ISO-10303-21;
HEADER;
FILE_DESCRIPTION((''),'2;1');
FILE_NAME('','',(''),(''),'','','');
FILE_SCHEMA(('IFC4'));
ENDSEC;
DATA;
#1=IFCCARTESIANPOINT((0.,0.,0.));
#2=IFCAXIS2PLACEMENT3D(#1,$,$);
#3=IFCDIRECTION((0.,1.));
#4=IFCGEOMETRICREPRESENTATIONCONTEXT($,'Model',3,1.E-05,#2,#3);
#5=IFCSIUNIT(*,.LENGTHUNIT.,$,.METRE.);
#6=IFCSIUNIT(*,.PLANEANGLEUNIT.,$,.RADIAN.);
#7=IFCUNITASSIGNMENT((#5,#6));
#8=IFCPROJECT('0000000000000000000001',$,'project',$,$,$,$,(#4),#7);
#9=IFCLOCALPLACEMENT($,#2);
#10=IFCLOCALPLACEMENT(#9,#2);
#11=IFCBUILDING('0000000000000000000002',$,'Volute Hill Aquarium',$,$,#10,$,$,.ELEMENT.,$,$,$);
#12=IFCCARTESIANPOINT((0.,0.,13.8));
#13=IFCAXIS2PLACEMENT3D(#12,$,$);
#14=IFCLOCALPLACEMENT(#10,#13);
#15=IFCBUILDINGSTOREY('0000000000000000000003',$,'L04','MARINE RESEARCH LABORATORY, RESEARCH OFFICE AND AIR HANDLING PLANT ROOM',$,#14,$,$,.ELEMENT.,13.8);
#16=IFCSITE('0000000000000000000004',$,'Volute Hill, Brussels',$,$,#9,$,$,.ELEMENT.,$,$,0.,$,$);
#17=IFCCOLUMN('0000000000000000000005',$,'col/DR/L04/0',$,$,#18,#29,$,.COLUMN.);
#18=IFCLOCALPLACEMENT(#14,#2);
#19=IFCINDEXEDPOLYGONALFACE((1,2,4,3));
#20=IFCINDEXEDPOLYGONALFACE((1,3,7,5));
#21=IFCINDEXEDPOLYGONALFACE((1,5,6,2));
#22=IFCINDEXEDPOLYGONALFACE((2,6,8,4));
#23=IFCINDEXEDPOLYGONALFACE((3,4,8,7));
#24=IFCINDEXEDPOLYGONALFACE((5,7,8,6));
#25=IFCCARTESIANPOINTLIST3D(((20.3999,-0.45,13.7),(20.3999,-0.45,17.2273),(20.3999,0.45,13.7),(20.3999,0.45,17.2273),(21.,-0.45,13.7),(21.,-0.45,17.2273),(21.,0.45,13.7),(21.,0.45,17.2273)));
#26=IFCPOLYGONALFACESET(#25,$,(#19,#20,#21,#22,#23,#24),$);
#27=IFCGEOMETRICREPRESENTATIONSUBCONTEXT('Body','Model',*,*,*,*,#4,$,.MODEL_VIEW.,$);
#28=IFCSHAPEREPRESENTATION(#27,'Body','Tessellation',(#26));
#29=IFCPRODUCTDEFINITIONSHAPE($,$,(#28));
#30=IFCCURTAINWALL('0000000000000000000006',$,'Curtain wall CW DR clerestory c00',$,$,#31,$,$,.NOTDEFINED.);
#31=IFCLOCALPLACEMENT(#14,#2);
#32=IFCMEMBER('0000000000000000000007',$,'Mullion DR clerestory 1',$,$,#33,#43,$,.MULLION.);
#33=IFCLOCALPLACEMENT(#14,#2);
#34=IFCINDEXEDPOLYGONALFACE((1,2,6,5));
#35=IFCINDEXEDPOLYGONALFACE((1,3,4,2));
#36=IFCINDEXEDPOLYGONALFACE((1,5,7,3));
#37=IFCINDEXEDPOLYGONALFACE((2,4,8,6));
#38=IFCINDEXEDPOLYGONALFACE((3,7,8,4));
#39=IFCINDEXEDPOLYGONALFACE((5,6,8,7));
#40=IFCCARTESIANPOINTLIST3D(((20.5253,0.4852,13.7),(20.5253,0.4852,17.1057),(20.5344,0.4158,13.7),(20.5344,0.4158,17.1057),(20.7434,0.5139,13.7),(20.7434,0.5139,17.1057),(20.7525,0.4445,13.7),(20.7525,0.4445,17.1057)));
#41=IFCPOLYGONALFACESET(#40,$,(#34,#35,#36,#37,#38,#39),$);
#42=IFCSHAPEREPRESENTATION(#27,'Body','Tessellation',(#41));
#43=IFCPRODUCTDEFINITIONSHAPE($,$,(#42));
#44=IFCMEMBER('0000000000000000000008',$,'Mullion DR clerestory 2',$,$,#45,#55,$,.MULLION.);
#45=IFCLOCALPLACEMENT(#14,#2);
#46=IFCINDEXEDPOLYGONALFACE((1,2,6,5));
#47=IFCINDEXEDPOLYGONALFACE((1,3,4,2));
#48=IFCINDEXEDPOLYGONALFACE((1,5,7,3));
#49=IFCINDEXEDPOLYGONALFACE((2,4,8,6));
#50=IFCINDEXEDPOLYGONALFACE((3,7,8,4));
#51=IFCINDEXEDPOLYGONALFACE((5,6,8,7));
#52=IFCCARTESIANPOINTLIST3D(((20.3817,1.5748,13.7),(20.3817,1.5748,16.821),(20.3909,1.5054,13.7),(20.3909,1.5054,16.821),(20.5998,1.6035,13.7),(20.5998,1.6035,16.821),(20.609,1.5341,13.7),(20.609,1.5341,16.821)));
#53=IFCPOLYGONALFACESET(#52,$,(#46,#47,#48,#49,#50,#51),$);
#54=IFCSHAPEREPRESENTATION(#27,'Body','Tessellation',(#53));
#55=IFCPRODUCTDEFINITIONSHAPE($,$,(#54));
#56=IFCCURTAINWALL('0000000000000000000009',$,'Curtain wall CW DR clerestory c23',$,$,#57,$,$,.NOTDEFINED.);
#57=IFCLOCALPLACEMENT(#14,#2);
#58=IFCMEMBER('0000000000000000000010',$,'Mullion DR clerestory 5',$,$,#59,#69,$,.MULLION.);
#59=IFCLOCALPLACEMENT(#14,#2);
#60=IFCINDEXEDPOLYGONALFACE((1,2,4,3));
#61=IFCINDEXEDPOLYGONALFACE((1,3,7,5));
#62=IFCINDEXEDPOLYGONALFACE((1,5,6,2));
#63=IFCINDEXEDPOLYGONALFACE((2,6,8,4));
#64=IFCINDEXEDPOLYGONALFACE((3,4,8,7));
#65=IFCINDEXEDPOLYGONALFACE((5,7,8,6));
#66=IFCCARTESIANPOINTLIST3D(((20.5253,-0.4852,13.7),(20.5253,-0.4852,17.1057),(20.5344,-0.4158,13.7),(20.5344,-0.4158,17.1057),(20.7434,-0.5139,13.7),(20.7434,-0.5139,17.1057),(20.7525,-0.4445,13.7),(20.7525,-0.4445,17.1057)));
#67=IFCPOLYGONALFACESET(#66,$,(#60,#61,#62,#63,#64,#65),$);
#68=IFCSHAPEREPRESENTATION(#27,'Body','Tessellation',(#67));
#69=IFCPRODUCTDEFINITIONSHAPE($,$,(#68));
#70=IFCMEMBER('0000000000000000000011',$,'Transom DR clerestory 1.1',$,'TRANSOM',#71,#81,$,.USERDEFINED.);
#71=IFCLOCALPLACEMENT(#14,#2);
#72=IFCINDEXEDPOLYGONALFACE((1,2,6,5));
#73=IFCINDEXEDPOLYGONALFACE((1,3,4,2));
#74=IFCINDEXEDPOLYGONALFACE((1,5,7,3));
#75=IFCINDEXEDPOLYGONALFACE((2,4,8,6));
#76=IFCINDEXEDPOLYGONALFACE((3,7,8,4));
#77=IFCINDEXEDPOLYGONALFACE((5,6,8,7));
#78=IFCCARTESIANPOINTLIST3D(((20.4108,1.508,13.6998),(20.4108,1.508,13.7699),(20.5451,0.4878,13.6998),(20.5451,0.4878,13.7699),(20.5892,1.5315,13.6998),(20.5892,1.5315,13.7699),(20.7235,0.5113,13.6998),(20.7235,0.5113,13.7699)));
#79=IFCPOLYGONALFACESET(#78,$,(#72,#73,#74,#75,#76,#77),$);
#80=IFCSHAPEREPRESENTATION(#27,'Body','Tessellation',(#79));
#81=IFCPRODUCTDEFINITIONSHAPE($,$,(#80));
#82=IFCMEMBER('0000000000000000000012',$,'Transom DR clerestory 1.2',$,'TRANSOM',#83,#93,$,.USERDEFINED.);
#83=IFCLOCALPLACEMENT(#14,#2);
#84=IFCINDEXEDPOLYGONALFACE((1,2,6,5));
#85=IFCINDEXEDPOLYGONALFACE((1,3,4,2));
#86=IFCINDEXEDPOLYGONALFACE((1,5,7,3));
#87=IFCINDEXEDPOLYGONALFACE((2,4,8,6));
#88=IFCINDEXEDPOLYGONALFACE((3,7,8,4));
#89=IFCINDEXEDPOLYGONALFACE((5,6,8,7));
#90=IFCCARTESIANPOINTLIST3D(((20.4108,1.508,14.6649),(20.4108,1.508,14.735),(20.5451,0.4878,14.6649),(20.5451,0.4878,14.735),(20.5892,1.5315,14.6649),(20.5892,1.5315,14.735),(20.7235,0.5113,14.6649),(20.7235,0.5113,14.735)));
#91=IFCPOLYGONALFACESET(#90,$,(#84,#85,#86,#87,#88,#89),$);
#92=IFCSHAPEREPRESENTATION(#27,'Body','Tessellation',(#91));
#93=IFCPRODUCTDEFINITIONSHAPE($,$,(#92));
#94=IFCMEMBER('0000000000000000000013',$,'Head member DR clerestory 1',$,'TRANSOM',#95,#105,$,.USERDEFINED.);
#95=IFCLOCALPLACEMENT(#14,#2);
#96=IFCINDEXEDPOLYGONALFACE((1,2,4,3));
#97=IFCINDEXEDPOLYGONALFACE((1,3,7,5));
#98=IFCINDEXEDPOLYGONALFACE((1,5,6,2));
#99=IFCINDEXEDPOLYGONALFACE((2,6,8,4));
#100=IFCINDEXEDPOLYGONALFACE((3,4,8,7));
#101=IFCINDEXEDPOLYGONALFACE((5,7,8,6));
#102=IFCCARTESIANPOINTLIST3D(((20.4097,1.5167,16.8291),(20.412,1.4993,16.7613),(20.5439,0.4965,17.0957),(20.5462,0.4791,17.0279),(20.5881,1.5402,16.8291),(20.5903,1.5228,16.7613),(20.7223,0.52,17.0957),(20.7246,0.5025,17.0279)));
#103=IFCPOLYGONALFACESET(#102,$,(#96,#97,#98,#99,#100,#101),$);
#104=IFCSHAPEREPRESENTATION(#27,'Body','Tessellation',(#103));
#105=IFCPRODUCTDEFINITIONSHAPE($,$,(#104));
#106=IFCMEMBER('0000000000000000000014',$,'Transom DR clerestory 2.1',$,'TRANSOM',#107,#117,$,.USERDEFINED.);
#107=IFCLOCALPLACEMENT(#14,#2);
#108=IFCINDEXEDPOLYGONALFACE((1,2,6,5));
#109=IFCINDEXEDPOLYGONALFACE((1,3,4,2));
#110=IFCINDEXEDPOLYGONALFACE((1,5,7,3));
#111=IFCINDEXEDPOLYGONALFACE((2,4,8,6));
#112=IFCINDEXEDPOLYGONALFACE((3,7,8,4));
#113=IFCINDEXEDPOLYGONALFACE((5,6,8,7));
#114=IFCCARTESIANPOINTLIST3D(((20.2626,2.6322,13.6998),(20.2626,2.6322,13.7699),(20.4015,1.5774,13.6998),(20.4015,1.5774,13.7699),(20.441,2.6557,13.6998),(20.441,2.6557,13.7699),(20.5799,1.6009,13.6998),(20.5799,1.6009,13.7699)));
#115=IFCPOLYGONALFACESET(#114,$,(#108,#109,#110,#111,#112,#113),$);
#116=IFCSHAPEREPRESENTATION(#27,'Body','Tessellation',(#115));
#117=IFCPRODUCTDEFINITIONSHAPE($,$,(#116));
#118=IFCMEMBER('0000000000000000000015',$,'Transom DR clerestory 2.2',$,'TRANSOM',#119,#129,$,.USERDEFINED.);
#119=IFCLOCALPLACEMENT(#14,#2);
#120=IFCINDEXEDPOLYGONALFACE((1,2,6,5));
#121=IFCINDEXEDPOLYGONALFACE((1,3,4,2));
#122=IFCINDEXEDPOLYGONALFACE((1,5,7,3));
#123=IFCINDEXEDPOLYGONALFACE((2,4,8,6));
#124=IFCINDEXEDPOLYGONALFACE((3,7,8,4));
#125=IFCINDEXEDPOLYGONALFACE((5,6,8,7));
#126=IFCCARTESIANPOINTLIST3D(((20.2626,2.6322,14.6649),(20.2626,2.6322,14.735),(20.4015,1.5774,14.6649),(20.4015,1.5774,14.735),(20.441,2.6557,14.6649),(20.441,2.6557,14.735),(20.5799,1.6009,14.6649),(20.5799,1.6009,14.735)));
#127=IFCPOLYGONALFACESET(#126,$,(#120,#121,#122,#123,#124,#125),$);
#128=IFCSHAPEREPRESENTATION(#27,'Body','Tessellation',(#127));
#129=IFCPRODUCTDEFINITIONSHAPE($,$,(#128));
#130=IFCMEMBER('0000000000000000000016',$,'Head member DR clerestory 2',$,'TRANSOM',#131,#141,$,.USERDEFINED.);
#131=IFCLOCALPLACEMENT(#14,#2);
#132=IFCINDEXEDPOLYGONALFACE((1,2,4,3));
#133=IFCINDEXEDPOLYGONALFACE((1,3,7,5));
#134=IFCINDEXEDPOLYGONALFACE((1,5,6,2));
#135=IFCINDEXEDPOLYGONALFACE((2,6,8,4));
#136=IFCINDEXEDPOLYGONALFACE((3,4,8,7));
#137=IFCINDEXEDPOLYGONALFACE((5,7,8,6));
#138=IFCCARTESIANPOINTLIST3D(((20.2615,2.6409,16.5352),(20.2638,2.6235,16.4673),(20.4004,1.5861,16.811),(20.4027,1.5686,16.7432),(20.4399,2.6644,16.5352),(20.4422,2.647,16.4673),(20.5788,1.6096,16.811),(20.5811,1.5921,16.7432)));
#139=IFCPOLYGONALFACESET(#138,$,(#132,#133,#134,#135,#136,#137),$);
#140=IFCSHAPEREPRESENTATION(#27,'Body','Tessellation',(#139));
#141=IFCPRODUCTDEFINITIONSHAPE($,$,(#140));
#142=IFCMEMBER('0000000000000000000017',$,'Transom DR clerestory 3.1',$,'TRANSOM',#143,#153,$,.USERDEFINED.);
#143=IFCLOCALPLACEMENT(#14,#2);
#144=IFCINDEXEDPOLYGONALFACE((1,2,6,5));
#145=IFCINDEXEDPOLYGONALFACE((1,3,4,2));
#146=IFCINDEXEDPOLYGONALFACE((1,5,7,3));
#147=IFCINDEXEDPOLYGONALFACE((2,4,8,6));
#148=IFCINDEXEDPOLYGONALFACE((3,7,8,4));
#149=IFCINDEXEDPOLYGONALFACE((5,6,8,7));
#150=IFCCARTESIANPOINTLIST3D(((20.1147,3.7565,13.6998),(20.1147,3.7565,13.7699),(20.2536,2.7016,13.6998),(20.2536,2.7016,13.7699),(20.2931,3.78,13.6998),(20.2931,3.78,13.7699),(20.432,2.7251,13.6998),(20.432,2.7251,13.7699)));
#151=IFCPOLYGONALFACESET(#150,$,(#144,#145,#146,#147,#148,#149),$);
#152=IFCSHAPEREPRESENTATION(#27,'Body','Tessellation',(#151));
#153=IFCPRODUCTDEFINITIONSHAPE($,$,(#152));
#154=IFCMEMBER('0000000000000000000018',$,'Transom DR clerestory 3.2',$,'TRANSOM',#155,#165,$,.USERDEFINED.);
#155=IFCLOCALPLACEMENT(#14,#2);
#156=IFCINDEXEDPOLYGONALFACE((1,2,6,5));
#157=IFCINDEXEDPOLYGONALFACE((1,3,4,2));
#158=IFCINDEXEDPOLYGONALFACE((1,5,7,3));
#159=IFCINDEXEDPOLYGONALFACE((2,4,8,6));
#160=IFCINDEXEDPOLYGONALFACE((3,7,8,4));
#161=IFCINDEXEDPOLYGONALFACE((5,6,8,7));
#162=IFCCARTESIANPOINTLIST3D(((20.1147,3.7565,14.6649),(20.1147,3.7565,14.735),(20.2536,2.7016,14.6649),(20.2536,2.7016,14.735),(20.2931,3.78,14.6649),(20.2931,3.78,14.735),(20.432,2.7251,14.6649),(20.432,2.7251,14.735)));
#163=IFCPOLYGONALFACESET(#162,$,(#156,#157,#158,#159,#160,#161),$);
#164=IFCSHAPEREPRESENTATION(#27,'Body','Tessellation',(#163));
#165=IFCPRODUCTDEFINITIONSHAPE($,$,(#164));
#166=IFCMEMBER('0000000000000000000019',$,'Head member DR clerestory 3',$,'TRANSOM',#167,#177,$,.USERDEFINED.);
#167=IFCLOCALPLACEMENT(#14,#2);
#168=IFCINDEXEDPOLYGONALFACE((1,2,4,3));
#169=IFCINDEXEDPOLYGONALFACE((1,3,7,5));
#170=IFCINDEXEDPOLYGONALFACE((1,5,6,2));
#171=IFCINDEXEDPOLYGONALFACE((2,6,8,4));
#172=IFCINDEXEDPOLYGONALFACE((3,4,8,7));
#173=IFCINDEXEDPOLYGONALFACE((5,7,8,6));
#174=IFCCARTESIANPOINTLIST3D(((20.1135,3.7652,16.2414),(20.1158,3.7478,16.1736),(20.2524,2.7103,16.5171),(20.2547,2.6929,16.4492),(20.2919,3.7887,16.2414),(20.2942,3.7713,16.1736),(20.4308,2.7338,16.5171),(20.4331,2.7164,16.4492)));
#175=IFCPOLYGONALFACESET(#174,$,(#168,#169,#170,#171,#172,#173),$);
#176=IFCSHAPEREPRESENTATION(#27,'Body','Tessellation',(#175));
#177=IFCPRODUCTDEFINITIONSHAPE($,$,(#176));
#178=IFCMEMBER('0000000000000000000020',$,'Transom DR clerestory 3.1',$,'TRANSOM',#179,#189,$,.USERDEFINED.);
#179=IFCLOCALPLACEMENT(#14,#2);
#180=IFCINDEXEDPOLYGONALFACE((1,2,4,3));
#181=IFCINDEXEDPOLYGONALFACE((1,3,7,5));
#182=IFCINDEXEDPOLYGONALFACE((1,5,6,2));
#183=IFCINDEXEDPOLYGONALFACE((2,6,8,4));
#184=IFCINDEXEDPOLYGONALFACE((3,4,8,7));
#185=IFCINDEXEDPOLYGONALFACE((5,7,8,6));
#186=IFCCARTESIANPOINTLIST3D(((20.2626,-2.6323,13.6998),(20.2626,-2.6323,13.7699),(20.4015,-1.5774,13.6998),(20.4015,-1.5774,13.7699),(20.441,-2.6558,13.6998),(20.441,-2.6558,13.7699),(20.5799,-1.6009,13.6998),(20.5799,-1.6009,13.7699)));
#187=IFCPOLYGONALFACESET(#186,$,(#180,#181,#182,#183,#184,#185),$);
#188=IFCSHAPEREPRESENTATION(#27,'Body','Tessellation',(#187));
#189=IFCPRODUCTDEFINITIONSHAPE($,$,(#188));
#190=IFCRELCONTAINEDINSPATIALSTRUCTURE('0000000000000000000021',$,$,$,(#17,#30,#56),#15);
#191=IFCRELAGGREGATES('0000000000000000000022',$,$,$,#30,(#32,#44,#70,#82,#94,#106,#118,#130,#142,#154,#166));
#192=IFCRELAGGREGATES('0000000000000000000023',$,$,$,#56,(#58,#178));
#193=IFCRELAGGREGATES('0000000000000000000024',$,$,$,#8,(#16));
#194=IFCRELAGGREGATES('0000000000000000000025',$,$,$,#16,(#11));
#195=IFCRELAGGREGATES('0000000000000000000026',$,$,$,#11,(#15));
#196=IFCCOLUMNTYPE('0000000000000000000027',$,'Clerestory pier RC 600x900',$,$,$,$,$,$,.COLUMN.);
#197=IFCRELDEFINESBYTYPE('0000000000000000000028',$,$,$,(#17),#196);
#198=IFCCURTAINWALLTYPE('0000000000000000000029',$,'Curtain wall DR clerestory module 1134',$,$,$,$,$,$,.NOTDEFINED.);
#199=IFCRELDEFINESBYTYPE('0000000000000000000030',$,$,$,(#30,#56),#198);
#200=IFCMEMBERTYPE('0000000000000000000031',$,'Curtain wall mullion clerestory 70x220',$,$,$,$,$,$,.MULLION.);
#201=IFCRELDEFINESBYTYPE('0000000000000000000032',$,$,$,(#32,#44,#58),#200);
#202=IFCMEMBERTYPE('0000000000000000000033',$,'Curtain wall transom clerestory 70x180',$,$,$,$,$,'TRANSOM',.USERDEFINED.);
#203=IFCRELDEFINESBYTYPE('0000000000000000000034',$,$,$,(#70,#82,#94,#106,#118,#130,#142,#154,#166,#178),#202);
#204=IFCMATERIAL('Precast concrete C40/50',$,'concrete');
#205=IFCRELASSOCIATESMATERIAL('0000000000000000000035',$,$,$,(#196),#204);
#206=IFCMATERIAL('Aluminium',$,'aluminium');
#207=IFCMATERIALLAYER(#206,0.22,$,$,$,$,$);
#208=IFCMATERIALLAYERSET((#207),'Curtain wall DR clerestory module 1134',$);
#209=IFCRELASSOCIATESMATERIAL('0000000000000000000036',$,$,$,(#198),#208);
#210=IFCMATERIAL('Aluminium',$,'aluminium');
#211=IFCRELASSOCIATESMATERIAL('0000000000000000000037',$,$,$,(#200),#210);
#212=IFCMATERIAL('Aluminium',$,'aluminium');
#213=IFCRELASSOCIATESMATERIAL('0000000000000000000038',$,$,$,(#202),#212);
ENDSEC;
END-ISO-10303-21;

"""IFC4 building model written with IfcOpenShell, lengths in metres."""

from ifc_helpers import new_model, si_unit, direction, frame, origin, origin_2d, place, context, subcontext, project, spatial, rectangle, extrude, material, layer, layer_set, material_profile, profile_set, type_object, element, aggregate, save


model = new_model("IFC4")

# Units and contexts
model_context = context("Model", 3, precision=1e-05, world=origin(), true_north=direction((0.0, 1.0)))
body_context = subcontext(model_context, "Body", "Model", "MODEL_VIEW")
ifc_project = project(units=[si_unit("LENGTHUNIT", "METRE"), si_unit("PLANEANGLEUNIT", "RADIAN")], contexts=[model_context])

# Site, building, storey
site_placement = place(None, origin())
site = spatial("IfcSite", under=ifc_project, at=site_placement, Name="Volute Hill, Brussels", CompositionType="ELEMENT", RefElevation=0.0)
building_placement = place(site_placement, origin())
building = spatial("IfcBuilding", under=site, at=building_placement, Name="Volute Hill Aquarium", CompositionType="ELEMENT")
storey_placement = place(building_placement, frame((0.0, 0.0, 13.8)))
storey = spatial("IfcBuildingStorey", under=building, at=storey_placement, Name="L04", Description="MARINE RESEARCH LABORATORY, RESEARCH OFFICE AND AIR HANDLING PLANT ROOM", CompositionType="ELEMENT", Elevation=13.8)

# Column
ifc_material_1 = material(Name="Precast concrete C40/50", Category="concrete")
ifc_material_profile_1 = material_profile(ifc_material_1, rectangle(XDim=0.6001, YDim=0.8999, at=origin_2d()), Name="RC pier 600x900")
ifc_profile_set_1 = profile_set([ifc_material_profile_1], Name="Precast concrete C40/50")
column_type = type_object("IfcColumnType", Name="Clerestory pier RC 600x900", PredefinedType="COLUMN", material=ifc_profile_set_1)
column_placement = place(storey_placement, frame((20.7, 0.0, 13.7), z_axis=(0.0, 0.0, 1.0), x_axis=(1.0, 0.0, 0.0)))
element("IfcColumn", 1, at=column_placement, inside=storey, type_object=column_type, Name="col/DR/L04/0", PredefinedType="COLUMN", context=body_context, shape_type="SweptSolid", body=[
    extrude(rectangle(XDim=0.6001, YDim=0.8999, at=origin_2d()), origin(), (0.0, 0.0, 1.0), 3.5273),
])

# Curtain wall, members
ifc_material_2 = material(Name="Aluminium", Category="aluminium")
ifc_layer_1 = layer(ifc_material_2, 0.22)
ifc_layer_set_1 = layer_set([ifc_layer_1], Name="Curtain wall DR clerestory module 1134")
curtain_wall_type = type_object("IfcCurtainWallType", Name="Curtain wall DR clerestory module 1134", PredefinedType="NOTDEFINED", material=ifc_layer_set_1)
curtain_wall_1_placement = place(storey_placement, origin())
curtain_wall_1 = element("IfcCurtainWall", 2, at=curtain_wall_1_placement, inside=storey, type_object=curtain_wall_type, Name="Curtain wall CW DR clerestory c00", PredefinedType="NOTDEFINED")
ifc_material_3 = material(Name="Aluminium", Category="aluminium")
ifc_material_profile_2 = material_profile(ifc_material_3, rectangle(XDim=0.22, YDim=0.0701, at=origin_2d()), Name="Curtain wall mullion clerestory 70x220")
ifc_profile_set_2 = profile_set([ifc_material_profile_2], Name="Aluminium")
member_type_1 = type_object("IfcMemberType", Name="Curtain wall mullion clerestory 70x220", PredefinedType="MULLION", material=ifc_profile_set_2)
member_1_placement = place(storey_placement, frame((20.6389, 0.4648, 13.7), z_axis=(0.0, 0.0, 1.0), x_axis=(-0.991446, -0.130519, 0.0)))
member_1 = element("IfcMember", 3, at=member_1_placement, type_object=member_type_1, Name="Mullion DR clerestory 1", PredefinedType="MULLION", context=body_context, shape_type="SweptSolid", body=[
    extrude(rectangle(XDim=0.22, YDim=0.0701, at=origin_2d()), origin(), (0.0, 0.0, 1.0), 3.4058),
])
member_2_placement = place(storey_placement, frame((20.4954, 1.5544, 13.7), z_axis=(0.0, 0.0, 1.0), x_axis=(-0.991446, -0.130519, 0.0)))
member_2 = element("IfcMember", 4, at=member_2_placement, type_object=member_type_1, Name="Mullion DR clerestory 2", PredefinedType="MULLION", context=body_context, shape_type="SweptSolid", body=[
    extrude(rectangle(XDim=0.22, YDim=0.0701, at=origin_2d()), origin(), (0.0, 0.0, 1.0), 3.1211),
])

# Curtain wall, member
curtain_wall_2_placement = place(storey_placement, origin())
curtain_wall_2 = element("IfcCurtainWall", 5, at=curtain_wall_2_placement, inside=storey, type_object=curtain_wall_type, Name="Curtain wall CW DR clerestory c23", PredefinedType="NOTDEFINED")
member_3_placement = place(storey_placement, frame((20.6389, -0.4648, 13.7), z_axis=(0.0, 0.0, 1.0), x_axis=(-0.991446, 0.130519, 0.0)))
member_3 = element("IfcMember", 6, at=member_3_placement, type_object=member_type_1, Name="Mullion DR clerestory 5", PredefinedType="MULLION", context=body_context, shape_type="SweptSolid", body=[
    extrude(rectangle(XDim=0.22, YDim=0.0701, at=origin_2d()), origin(), (0.0, 0.0, 1.0), 3.4058),
])

# Members
ifc_material_4 = material(Name="Aluminium", Category="aluminium")
ifc_material_profile_3 = material_profile(ifc_material_4, rectangle(XDim=0.1799, YDim=0.0701, at=origin_2d()), Name="Curtain wall transom clerestory 70x180")
ifc_profile_set_3 = profile_set([ifc_material_profile_3], Name="Aluminium")
member_type_2 = type_object("IfcMemberType", Name="Curtain wall transom clerestory 70x180", ElementType="TRANSOM", PredefinedType="USERDEFINED", material=ifc_profile_set_3)
member_4_placement = place(storey_placement, frame((20.6343, 0.4995, 13.7349), z_axis=(-0.130485, 0.99145, 0.0), x_axis=(-0.99145, -0.130485, 0.0)))
member_4 = element("IfcMember", 7, at=member_4_placement, type_object=member_type_2, Name="Transom DR clerestory 1.1", ObjectType="TRANSOM", PredefinedType="USERDEFINED", context=body_context, shape_type="SweptSolid", body=[
    extrude(rectangle(XDim=0.1799, YDim=0.0701, at=origin_2d()), origin(), (0.0, 0.0, 1.0), 1.0291),
])
member_5_placement = place(storey_placement, frame((20.6343, 0.4995, 14.7), z_axis=(-0.130485, 0.99145, 0.0), x_axis=(-0.99145, -0.130485, 0.0)))
member_5 = element("IfcMember", 8, at=member_5_placement, type_object=member_type_2, Name="Transom DR clerestory 1.2", ObjectType="TRANSOM", PredefinedType="USERDEFINED", context=body_context, shape_type="SweptSolid", body=[
    extrude(rectangle(XDim=0.1799, YDim=0.0701, at=origin_2d()), origin(), (0.0, 0.0, 1.0), 1.0291),
])
member_6_placement = place(storey_placement, frame((20.6343, 0.4995, 17.0618), z_axis=(-0.126315, 0.959764, -0.250793), x_axis=(-0.99145, -0.130485, 0.0)))
member_6 = element("IfcMember", 9, at=member_6_placement, type_object=member_type_2, Name="Head member DR clerestory 1", ObjectType="TRANSOM", PredefinedType="USERDEFINED", context=body_context, shape_type="SweptSolid", body=[
    extrude(rectangle(XDim=0.1799, YDim=0.0701, at=origin_2d()), origin(), (0.0, 0.0, 1.0), 1.063),
])
member_7_placement = place(storey_placement, frame((20.4907, 1.5891, 13.7349), z_axis=(-0.130555, 0.991441, 0.0), x_axis=(-0.991441, -0.130555, 0.0)))
member_7 = element("IfcMember", 10, at=member_7_placement, type_object=member_type_2, Name="Transom DR clerestory 2.1", ObjectType="TRANSOM", PredefinedType="USERDEFINED", context=body_context, shape_type="SweptSolid", body=[
    extrude(rectangle(XDim=0.1799, YDim=0.0701, at=origin_2d()), origin(), (0.0, 0.0, 1.0), 1.064),
])
member_8_placement = place(storey_placement, frame((20.4907, 1.5891, 14.7), z_axis=(-0.130555, 0.991441, 0.0), x_axis=(-0.991441, -0.130555, 0.0)))
member_8 = element("IfcMember", 11, at=member_8_placement, type_object=member_type_2, Name="Transom DR clerestory 2.2", ObjectType="TRANSOM", PredefinedType="USERDEFINED", context=body_context, shape_type="SweptSolid", body=[
    extrude(rectangle(XDim=0.1799, YDim=0.0701, at=origin_2d()), origin(), (0.0, 0.0, 1.0), 1.064),
])
member_9_placement = place(storey_placement, frame((20.4907, 1.5891, 16.7771), z_axis=(-0.126377, 0.959708, -0.250977), x_axis=(-0.991441, -0.130555, 0.0)))
member_9 = element("IfcMember", 12, at=member_9_placement, type_object=member_type_2, Name="Head member DR clerestory 2", ObjectType="TRANSOM", PredefinedType="USERDEFINED", context=body_context, shape_type="SweptSolid", body=[
    extrude(rectangle(XDim=0.1799, YDim=0.0701, at=origin_2d()), origin(), (0.0, 0.0, 1.0), 1.0991),
])
member_10_placement = place(storey_placement, frame((20.3428, 2.7134, 13.7349), z_axis=(-0.130555, 0.991441, 0.0), x_axis=(-0.991441, -0.130555, 0.0)))
member_10 = element("IfcMember", 13, at=member_10_placement, type_object=member_type_2, Name="Transom DR clerestory 3.1", ObjectType="TRANSOM", PredefinedType="USERDEFINED", context=body_context, shape_type="SweptSolid", body=[
    extrude(rectangle(XDim=0.1799, YDim=0.0701, at=origin_2d()), origin(), (0.0, 0.0, 1.0), 1.064),
])
member_11_placement = place(storey_placement, frame((20.3428, 2.7134, 14.7), z_axis=(-0.130555, 0.991441, 0.0), x_axis=(-0.991441, -0.130555, 0.0)))
member_11 = element("IfcMember", 14, at=member_11_placement, type_object=member_type_2, Name="Transom DR clerestory 3.2", ObjectType="TRANSOM", PredefinedType="USERDEFINED", context=body_context, shape_type="SweptSolid", body=[
    extrude(rectangle(XDim=0.1799, YDim=0.0701, at=origin_2d()), origin(), (0.0, 0.0, 1.0), 1.064),
])
member_12_placement = place(storey_placement, frame((20.3428, 2.7134, 16.4832), z_axis=(-0.126384, 0.959762, -0.250769), x_axis=(-0.991441, -0.130555, 0.0)))
member_12 = element("IfcMember", 15, at=member_12_placement, type_object=member_type_2, Name="Head member DR clerestory 3", ObjectType="TRANSOM", PredefinedType="USERDEFINED", context=body_context, shape_type="SweptSolid", body=[
    extrude(rectangle(XDim=0.1799, YDim=0.0701, at=origin_2d()), origin(), (0.0, 0.0, 1.0), 1.0991),
])
member_13_placement = place(storey_placement, frame((20.3518, -2.644, 13.7349), z_axis=(0.130555, 0.991441, 0.0), x_axis=(-0.991441, 0.130555, 0.0)))
member_13 = element("IfcMember", 16, at=member_13_placement, type_object=member_type_2, Name="Transom DR clerestory 3.1", ObjectType="TRANSOM", PredefinedType="USERDEFINED", context=body_context, shape_type="SweptSolid", body=[
    extrude(rectangle(XDim=0.1799, YDim=0.0701, at=origin_2d()), origin(), (0.0, 0.0, 1.0), 1.064),
])

aggregate(curtain_wall_1, [member_1, member_2, member_4, member_5, member_6, member_7, member_8, member_9, member_10, member_11, member_12])
aggregate(curtain_wall_2, [member_3, member_13])

save(model, "model.ifc")
